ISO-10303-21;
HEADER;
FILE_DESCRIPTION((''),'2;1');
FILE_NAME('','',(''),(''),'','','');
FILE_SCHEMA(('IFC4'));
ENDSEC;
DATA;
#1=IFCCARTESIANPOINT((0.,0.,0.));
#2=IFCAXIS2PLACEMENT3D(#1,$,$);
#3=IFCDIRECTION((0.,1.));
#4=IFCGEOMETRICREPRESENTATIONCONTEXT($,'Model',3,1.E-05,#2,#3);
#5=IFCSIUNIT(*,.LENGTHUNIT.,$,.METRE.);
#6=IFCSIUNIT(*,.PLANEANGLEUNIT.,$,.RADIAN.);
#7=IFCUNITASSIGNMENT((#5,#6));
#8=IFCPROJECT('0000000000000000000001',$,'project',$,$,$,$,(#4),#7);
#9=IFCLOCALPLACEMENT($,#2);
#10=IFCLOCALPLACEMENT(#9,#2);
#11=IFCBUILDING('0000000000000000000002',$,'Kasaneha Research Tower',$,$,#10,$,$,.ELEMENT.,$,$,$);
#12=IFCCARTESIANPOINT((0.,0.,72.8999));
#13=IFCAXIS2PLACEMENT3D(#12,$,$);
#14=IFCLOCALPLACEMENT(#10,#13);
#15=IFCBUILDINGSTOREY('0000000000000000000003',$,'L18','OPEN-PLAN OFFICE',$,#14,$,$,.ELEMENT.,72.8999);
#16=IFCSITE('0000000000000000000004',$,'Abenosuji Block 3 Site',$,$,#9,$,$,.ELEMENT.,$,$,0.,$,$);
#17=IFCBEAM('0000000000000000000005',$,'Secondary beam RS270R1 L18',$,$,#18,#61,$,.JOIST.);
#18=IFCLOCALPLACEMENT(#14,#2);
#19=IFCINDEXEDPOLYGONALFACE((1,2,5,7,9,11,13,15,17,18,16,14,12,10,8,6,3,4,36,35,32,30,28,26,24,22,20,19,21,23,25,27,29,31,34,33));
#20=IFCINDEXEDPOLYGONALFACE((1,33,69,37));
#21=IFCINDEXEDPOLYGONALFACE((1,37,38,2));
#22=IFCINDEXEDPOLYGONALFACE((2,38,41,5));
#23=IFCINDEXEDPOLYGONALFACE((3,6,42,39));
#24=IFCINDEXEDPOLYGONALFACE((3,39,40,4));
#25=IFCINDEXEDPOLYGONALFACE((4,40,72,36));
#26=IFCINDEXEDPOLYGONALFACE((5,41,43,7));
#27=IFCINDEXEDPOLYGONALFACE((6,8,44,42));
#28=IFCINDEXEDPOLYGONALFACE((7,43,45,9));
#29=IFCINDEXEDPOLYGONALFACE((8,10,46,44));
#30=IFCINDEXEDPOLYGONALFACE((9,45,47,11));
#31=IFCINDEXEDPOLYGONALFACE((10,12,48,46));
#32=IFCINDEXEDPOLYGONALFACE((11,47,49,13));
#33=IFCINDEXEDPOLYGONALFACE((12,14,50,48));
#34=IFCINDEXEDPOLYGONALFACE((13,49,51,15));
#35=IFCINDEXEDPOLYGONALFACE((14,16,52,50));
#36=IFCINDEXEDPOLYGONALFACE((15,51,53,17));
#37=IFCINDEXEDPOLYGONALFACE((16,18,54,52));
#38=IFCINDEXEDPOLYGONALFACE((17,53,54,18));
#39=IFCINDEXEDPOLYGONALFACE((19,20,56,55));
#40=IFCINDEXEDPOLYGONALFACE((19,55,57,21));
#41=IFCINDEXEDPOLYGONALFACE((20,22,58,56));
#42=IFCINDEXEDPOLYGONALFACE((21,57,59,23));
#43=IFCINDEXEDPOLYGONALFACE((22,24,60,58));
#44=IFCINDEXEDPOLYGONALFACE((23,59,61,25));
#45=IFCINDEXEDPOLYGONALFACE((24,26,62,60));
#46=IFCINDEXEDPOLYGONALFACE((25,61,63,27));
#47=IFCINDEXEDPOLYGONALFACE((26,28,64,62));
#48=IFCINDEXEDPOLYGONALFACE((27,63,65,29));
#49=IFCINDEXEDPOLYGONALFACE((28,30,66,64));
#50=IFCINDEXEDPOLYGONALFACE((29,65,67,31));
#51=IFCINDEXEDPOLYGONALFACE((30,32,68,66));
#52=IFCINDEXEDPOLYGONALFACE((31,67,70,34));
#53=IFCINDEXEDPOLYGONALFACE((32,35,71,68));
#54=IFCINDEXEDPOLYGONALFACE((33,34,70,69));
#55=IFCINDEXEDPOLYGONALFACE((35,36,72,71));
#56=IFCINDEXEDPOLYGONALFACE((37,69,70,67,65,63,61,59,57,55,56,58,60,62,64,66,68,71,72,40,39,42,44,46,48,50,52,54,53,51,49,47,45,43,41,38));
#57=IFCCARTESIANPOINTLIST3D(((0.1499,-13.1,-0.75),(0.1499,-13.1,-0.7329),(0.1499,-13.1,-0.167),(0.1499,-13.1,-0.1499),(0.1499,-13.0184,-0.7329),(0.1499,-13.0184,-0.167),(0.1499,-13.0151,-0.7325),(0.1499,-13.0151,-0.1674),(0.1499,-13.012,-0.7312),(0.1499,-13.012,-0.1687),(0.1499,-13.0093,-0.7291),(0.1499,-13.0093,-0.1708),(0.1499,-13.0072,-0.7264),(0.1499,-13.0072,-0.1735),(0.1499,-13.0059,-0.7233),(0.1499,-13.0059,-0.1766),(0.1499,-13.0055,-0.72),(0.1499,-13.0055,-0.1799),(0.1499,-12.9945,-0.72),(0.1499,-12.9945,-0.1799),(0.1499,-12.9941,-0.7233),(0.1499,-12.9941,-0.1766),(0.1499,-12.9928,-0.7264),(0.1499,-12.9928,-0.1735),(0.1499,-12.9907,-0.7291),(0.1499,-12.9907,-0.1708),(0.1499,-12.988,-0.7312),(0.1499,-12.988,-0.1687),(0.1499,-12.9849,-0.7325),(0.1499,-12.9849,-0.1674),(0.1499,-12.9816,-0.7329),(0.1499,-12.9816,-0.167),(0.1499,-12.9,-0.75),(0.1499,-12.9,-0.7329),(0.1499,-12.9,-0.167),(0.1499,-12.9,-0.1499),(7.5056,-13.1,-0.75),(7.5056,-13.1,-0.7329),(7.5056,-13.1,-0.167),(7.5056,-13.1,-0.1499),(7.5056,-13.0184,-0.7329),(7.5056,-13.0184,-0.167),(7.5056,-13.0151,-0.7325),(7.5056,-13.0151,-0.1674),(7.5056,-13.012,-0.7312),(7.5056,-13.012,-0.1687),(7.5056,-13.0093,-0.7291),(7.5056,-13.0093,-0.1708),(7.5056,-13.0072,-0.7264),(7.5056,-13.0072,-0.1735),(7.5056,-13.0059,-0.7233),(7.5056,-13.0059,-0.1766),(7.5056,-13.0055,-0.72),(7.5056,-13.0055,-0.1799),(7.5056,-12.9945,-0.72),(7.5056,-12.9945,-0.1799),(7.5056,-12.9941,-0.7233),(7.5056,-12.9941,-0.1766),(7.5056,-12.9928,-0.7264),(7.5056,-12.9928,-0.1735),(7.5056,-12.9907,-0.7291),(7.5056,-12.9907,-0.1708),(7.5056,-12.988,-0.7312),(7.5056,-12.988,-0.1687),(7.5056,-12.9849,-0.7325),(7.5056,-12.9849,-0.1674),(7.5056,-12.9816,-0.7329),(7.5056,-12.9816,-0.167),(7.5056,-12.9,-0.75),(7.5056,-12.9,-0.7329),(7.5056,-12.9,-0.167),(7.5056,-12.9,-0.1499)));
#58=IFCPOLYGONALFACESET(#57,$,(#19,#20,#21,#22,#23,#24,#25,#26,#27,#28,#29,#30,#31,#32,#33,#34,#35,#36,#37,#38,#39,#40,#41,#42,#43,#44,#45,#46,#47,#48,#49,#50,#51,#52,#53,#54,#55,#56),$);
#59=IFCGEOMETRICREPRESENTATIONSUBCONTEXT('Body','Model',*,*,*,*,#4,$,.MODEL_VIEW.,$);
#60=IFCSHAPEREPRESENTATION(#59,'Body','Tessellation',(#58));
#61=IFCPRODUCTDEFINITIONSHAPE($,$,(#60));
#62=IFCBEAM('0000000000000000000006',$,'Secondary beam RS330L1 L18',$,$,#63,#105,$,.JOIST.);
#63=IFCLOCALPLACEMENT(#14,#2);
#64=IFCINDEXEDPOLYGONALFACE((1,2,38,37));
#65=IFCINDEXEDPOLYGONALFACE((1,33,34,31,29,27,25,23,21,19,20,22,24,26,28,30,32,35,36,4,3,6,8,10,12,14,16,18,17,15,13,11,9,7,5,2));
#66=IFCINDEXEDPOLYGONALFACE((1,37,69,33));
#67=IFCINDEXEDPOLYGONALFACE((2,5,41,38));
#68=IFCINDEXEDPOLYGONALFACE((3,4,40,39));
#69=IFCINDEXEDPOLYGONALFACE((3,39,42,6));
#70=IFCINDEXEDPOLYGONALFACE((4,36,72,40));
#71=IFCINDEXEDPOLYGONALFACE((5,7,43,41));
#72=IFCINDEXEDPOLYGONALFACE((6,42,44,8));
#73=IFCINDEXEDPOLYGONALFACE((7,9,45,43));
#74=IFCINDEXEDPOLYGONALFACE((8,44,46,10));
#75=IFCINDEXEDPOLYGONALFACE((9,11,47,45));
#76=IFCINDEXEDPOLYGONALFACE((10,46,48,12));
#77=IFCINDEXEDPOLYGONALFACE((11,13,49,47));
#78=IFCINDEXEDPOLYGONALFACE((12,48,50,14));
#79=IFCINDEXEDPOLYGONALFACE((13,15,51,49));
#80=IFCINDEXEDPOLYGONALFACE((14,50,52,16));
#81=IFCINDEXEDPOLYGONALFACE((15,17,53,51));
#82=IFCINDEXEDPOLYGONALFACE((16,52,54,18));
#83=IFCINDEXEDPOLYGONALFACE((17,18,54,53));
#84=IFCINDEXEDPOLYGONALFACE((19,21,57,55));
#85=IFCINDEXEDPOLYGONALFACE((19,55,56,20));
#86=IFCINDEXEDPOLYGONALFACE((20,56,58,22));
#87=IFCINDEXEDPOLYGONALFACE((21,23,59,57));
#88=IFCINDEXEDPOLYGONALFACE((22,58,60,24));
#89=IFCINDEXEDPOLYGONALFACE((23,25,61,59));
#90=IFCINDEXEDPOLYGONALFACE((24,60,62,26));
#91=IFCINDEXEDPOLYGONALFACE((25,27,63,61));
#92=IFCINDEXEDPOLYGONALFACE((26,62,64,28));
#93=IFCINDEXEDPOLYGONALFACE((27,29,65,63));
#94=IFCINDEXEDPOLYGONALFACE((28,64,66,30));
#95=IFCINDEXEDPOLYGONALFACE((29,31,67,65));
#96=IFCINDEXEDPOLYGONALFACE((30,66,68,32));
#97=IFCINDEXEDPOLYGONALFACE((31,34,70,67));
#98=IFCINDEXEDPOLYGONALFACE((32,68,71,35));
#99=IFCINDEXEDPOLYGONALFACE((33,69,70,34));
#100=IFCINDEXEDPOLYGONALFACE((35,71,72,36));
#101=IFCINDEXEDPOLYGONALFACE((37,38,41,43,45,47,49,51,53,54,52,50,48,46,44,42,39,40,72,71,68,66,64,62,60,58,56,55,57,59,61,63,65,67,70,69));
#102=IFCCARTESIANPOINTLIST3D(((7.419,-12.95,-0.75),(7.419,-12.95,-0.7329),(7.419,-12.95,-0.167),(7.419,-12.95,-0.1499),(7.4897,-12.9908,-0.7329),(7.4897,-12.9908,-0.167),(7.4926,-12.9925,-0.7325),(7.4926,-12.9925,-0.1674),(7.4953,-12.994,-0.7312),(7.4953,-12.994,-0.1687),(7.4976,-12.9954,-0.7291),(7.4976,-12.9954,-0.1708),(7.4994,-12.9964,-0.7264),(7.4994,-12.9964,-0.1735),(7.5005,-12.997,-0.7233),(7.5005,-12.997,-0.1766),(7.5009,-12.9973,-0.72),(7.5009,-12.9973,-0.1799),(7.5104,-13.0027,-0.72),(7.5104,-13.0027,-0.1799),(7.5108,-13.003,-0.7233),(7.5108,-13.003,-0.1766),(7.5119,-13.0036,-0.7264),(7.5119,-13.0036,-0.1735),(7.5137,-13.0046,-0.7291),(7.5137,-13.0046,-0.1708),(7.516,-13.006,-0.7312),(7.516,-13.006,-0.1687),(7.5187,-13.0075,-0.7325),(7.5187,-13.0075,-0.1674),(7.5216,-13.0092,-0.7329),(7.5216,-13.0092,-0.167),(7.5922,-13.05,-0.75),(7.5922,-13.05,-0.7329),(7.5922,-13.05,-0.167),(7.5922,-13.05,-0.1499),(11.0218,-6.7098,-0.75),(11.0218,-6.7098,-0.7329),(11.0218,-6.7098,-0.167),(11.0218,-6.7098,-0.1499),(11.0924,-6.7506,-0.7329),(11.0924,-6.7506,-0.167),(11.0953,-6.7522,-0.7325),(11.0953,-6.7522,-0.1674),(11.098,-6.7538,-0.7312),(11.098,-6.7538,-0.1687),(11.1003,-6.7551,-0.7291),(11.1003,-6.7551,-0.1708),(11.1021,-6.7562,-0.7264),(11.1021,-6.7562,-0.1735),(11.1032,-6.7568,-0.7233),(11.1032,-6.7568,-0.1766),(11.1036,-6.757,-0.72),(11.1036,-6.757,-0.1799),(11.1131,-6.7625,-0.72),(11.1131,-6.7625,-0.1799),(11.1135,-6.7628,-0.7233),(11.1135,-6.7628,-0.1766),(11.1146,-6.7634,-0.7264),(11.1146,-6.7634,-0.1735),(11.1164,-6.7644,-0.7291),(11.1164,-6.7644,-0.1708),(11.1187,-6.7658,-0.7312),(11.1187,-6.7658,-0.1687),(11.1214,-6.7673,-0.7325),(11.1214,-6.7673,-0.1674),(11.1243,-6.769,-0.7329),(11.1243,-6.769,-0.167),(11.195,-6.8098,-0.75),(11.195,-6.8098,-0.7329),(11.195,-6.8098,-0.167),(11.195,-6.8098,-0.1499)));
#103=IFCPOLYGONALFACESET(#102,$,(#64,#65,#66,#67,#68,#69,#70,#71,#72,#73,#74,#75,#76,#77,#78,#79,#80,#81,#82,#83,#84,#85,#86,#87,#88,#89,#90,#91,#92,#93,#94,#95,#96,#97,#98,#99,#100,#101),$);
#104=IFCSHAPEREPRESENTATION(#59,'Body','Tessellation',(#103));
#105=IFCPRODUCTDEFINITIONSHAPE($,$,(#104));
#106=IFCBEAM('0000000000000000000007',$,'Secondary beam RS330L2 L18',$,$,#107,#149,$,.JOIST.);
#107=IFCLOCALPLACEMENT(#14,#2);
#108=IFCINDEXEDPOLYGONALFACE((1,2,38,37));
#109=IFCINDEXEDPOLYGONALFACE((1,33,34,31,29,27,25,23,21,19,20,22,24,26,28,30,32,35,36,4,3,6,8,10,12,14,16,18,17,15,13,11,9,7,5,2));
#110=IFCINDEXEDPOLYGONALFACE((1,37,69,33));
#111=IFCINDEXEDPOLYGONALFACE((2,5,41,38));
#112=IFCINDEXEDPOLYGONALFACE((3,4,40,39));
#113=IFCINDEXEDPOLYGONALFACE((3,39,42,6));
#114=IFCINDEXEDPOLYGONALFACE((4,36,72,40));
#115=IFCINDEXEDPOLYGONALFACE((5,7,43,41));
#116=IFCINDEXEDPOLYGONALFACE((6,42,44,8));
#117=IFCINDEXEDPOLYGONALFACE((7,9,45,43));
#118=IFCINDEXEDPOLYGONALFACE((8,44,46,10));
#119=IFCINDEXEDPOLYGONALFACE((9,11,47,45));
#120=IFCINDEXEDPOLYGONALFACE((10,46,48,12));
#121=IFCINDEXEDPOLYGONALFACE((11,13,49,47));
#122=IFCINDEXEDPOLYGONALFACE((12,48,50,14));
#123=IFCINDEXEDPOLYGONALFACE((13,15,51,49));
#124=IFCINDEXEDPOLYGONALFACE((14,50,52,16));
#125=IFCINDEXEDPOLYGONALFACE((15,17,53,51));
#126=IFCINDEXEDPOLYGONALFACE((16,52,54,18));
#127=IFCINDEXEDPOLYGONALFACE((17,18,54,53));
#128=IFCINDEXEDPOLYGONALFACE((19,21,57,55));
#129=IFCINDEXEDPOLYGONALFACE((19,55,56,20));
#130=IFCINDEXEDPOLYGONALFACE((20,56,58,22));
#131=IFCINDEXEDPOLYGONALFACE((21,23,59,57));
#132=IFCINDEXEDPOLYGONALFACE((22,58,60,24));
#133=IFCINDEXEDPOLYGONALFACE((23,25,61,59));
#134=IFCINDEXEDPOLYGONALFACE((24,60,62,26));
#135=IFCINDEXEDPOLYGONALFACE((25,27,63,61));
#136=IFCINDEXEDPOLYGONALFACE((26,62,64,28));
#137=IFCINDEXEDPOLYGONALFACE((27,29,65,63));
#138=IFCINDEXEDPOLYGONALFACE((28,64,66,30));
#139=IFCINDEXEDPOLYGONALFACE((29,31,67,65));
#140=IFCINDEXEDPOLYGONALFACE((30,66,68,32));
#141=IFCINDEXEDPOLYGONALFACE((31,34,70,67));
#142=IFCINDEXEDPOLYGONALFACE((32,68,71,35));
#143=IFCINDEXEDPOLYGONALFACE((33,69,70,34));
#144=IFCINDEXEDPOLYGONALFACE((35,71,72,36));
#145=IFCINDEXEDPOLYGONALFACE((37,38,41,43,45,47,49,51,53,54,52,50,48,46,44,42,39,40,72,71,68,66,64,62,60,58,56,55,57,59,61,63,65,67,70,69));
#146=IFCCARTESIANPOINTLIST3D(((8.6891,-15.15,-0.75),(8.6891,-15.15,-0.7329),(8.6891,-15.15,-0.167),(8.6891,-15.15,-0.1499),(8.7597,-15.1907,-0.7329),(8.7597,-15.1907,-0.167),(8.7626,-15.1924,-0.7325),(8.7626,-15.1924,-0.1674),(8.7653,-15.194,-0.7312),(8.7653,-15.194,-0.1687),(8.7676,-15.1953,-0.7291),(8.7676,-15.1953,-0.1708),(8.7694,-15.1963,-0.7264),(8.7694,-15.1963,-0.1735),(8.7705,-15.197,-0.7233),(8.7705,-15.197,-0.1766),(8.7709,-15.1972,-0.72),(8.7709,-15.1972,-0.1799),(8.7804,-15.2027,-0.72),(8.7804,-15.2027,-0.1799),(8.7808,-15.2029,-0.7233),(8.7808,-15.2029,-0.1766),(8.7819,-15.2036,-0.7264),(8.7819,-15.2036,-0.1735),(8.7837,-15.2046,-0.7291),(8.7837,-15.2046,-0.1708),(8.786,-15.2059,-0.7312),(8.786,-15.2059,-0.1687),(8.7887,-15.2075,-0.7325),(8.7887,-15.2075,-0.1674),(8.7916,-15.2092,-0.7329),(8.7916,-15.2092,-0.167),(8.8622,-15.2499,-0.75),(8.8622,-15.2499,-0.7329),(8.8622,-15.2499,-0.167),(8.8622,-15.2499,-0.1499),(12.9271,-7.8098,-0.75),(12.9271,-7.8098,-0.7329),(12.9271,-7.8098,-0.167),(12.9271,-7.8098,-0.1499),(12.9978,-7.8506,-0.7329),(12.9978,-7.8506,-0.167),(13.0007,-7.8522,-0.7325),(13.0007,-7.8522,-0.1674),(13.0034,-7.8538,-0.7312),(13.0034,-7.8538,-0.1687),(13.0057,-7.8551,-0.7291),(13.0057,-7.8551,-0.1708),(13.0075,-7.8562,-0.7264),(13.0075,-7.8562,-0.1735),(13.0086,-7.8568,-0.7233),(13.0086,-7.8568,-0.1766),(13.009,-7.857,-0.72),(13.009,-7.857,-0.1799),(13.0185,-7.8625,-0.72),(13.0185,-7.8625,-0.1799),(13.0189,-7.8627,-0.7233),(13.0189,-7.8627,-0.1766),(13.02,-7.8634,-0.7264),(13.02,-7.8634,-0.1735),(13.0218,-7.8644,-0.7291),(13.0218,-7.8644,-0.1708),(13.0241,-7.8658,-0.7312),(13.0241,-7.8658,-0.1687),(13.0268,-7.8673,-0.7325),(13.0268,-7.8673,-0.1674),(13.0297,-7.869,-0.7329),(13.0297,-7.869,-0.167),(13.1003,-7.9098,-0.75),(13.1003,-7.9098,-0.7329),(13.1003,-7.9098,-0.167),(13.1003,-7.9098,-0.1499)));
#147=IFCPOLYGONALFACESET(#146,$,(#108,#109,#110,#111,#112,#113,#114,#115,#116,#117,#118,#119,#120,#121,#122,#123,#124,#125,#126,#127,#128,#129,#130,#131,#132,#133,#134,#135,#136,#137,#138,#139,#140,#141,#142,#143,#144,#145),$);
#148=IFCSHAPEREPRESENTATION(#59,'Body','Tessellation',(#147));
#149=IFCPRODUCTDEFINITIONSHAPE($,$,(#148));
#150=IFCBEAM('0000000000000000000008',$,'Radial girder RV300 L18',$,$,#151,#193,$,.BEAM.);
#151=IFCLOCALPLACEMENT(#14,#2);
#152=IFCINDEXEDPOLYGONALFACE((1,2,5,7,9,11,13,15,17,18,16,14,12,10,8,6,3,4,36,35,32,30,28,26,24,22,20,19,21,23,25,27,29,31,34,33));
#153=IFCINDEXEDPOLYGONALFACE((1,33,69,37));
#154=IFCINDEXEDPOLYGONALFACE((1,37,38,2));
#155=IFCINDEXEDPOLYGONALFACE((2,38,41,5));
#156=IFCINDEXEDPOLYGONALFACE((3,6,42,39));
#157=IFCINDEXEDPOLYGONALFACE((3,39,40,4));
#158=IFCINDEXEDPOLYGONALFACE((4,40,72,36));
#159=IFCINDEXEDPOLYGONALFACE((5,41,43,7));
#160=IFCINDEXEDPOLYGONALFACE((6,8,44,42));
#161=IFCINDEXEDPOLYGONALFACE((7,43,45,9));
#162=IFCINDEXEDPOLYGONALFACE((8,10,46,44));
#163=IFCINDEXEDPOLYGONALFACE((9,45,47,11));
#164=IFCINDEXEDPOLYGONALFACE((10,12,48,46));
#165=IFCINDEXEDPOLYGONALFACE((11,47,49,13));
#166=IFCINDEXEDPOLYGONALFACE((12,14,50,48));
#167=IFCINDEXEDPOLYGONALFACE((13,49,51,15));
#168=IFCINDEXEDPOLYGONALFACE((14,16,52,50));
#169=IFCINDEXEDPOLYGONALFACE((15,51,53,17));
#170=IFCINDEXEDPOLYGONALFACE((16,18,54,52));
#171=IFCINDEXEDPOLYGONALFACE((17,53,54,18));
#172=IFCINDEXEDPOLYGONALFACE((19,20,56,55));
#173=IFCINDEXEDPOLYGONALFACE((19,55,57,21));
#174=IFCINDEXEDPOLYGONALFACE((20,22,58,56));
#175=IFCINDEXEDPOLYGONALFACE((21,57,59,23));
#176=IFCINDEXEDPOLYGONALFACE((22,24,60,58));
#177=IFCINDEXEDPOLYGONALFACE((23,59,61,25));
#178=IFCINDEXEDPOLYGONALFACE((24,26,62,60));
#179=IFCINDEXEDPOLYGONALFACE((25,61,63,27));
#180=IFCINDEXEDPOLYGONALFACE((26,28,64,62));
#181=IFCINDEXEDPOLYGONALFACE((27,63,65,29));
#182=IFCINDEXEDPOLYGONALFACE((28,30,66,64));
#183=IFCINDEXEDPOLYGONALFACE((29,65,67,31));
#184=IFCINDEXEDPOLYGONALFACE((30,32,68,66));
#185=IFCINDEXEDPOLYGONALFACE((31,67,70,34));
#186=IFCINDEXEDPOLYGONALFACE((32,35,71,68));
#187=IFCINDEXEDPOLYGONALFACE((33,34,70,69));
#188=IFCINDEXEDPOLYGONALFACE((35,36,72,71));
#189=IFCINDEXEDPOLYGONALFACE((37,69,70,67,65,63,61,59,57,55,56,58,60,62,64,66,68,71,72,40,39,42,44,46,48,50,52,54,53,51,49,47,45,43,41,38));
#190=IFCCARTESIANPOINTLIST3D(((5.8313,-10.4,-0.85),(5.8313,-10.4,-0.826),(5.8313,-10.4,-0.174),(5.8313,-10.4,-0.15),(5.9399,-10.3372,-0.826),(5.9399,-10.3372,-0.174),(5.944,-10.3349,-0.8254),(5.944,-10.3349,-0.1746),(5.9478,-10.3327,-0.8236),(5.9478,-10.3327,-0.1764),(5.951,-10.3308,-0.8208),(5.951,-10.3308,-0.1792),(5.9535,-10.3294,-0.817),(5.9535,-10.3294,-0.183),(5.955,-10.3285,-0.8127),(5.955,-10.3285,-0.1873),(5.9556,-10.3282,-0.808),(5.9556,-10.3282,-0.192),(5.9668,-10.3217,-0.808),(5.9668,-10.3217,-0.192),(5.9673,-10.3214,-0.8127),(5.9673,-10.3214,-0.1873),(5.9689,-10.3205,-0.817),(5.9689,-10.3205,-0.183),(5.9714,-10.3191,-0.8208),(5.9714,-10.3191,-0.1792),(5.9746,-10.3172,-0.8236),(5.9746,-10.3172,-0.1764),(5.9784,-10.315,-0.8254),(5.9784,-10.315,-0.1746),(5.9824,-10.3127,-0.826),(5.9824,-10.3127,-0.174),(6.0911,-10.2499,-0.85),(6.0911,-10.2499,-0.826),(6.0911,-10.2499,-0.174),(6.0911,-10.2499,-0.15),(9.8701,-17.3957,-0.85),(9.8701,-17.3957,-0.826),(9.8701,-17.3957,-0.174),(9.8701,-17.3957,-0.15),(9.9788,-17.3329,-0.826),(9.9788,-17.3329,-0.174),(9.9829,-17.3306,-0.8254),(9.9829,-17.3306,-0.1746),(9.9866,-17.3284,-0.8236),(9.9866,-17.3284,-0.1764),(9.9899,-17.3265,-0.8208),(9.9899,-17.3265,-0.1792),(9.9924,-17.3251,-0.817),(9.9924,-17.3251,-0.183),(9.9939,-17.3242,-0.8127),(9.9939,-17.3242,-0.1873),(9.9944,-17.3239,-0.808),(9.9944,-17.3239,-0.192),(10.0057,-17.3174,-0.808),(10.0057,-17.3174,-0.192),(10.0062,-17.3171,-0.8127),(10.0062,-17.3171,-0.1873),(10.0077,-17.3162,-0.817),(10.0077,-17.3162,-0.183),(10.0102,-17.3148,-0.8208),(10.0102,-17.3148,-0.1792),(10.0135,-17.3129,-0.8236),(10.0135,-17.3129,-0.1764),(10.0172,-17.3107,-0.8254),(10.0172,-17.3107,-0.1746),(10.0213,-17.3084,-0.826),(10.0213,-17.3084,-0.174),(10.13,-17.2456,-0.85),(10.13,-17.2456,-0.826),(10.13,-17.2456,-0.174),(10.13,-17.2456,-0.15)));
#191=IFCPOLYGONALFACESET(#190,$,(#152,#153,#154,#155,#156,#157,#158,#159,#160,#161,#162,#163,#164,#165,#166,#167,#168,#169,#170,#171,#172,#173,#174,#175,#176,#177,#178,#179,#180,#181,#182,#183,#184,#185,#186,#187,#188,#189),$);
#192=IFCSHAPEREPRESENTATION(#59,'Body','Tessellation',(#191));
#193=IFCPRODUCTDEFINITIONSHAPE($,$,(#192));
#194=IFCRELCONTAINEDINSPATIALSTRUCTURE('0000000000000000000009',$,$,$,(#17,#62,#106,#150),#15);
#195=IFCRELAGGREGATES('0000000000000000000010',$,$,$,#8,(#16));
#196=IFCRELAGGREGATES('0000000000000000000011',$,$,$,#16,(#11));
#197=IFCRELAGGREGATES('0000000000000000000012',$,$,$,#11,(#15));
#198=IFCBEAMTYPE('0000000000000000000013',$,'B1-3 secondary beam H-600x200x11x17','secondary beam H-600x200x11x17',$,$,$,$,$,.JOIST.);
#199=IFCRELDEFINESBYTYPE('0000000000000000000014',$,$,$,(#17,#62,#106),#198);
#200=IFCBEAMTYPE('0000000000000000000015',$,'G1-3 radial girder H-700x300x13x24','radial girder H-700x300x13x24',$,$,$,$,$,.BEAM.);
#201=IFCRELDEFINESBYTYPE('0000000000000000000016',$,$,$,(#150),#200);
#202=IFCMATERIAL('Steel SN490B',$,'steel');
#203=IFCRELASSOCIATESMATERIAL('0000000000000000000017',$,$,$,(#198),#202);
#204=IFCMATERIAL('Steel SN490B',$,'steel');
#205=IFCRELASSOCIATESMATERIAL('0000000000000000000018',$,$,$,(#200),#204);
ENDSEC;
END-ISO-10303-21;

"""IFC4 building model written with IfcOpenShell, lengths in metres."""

from ifc_helpers import new_model, si_unit, direction, frame, origin, origin_2d, place, context, subcontext, project, spatial, i_section, extrude, material, material_profile, profile_set, type_object, element, save


model = new_model("IFC4")

# Units and contexts
model_context = context("Model", 3, precision=1e-05, world=origin(), true_north=direction((0.0, 1.0)))
body_context = subcontext(model_context, "Body", "Model", "MODEL_VIEW")
ifc_project = project(units=[si_unit("LENGTHUNIT", "METRE"), si_unit("PLANEANGLEUNIT", "RADIAN")], contexts=[model_context])

# Site, building, storey
site_placement = place(None, origin())
site = spatial("IfcSite", under=ifc_project, at=site_placement, Name="Abenosuji Block 3 Site", CompositionType="ELEMENT", RefElevation=0.0)
building_placement = place(site_placement, origin())
building = spatial("IfcBuilding", under=site, at=building_placement, Name="Kasaneha Research Tower", CompositionType="ELEMENT")
storey_placement = place(building_placement, frame((0.0, 0.0, 72.8999)))
storey = spatial("IfcBuildingStorey", under=building, at=storey_placement, Name="L18", Description="OPEN-PLAN OFFICE", CompositionType="ELEMENT", Elevation=72.8999)

# Beams
ifc_material_1 = material(Name="Steel SN490B", Category="steel")
ifc_material_profile_1 = material_profile(ifc_material_1, i_section(OverallWidth=0.2, OverallDepth=0.6001, WebThickness=0.011, FlangeThickness=0.0171, FilletRadius=0.0129, at=origin_2d()), Name="H-600x200x11x17")
ifc_profile_set_1 = profile_set([ifc_material_profile_1], Name="Steel SN490B")
beam_type_1 = type_object("IfcBeamType", Name="B1-3 secondary beam H-600x200x11x17", Description="secondary beam H-600x200x11x17", PredefinedType="JOIST", material=ifc_profile_set_1)
beam_1_placement = place(storey_placement, frame((7.5056, -13.0, -0.45), z_axis=(-1.0, 0.0, 0.0), x_axis=(0.0, -1.0, 0.0)))
element("IfcBeam", 1, at=beam_1_placement, inside=storey, type_object=beam_type_1, Name="Secondary beam RS270R1 L18", PredefinedType="JOIST", context=body_context, shape_type="SweptSolid", body=[
    extrude(i_section(OverallWidth=0.2, OverallDepth=0.6001, WebThickness=0.011, FlangeThickness=0.0171, FilletRadius=0.0129, at=origin_2d()), origin(), (0.0, 0.0, 1.0), 7.3557),
])
beam_2_placement = place(storey_placement, frame((7.5056, -13.0, -0.45), z_axis=(0.499998, 0.866026, 0.0), x_axis=(-0.866026, 0.499998, 0.0)))
element("IfcBeam", 2, at=beam_2_placement, inside=storey, type_object=beam_type_1, Name="Secondary beam RS330L1 L18", PredefinedType="JOIST", context=body_context, shape_type="SweptSolid", body=[
    extrude(i_section(OverallWidth=0.2, OverallDepth=0.6001, WebThickness=0.011, FlangeThickness=0.0171, FilletRadius=0.0129, at=origin_2d()), origin(), (0.0, 0.0, 1.0), 7.2056),
])
beam_3_placement = place(storey_placement, frame((8.7756, -15.2, -0.45), z_axis=(0.500021, 0.866013, 0.0), x_axis=(-0.866013, 0.500021, 0.0)))
element("IfcBeam", 3, at=beam_3_placement, inside=storey, type_object=beam_type_1, Name="Secondary beam RS330L2 L18", PredefinedType="JOIST", context=body_context, shape_type="SweptSolid", body=[
    extrude(i_section(OverallWidth=0.2, OverallDepth=0.6001, WebThickness=0.011, FlangeThickness=0.0171, FilletRadius=0.0129, at=origin_2d()), origin(), (0.0, 0.0, 1.0), 8.4758),
])
ifc_material_2 = material(Name="Steel SN490B", Category="steel")
ifc_material_profile_2 = material_profile(ifc_material_2, i_section(OverallWidth=0.3, OverallDepth=0.7, WebThickness=0.0129, FlangeThickness=0.0239, FilletRadius=0.0181, at=origin_2d()), Name="H-700x300x13x24")
ifc_profile_set_2 = profile_set([ifc_material_profile_2], Name="Steel SN490B")
beam_type_2 = type_object("IfcBeamType", Name="G1-3 radial girder H-700x300x13x24", Description="radial girder H-700x300x13x24", PredefinedType="BEAM", material=ifc_profile_set_2)
beam_4_placement = place(storey_placement, frame((5.9612, -10.325, -0.5), z_axis=(0.499991, -0.866031, 0.0), x_axis=(0.866031, 0.499991, 0.0)))
element("IfcBeam", 4, at=beam_4_placement, inside=storey, type_object=beam_type_2, Name="Radial girder RV300 L18", PredefinedType="BEAM", context=body_context, shape_type="SweptSolid", body=[
    extrude(i_section(OverallWidth=0.3, OverallDepth=0.7, WebThickness=0.0129, FlangeThickness=0.0239, FilletRadius=0.0181, at=origin_2d()), origin(), (0.0, 0.0, 1.0), 8.0779),
])

save(model, "model.ifc")
